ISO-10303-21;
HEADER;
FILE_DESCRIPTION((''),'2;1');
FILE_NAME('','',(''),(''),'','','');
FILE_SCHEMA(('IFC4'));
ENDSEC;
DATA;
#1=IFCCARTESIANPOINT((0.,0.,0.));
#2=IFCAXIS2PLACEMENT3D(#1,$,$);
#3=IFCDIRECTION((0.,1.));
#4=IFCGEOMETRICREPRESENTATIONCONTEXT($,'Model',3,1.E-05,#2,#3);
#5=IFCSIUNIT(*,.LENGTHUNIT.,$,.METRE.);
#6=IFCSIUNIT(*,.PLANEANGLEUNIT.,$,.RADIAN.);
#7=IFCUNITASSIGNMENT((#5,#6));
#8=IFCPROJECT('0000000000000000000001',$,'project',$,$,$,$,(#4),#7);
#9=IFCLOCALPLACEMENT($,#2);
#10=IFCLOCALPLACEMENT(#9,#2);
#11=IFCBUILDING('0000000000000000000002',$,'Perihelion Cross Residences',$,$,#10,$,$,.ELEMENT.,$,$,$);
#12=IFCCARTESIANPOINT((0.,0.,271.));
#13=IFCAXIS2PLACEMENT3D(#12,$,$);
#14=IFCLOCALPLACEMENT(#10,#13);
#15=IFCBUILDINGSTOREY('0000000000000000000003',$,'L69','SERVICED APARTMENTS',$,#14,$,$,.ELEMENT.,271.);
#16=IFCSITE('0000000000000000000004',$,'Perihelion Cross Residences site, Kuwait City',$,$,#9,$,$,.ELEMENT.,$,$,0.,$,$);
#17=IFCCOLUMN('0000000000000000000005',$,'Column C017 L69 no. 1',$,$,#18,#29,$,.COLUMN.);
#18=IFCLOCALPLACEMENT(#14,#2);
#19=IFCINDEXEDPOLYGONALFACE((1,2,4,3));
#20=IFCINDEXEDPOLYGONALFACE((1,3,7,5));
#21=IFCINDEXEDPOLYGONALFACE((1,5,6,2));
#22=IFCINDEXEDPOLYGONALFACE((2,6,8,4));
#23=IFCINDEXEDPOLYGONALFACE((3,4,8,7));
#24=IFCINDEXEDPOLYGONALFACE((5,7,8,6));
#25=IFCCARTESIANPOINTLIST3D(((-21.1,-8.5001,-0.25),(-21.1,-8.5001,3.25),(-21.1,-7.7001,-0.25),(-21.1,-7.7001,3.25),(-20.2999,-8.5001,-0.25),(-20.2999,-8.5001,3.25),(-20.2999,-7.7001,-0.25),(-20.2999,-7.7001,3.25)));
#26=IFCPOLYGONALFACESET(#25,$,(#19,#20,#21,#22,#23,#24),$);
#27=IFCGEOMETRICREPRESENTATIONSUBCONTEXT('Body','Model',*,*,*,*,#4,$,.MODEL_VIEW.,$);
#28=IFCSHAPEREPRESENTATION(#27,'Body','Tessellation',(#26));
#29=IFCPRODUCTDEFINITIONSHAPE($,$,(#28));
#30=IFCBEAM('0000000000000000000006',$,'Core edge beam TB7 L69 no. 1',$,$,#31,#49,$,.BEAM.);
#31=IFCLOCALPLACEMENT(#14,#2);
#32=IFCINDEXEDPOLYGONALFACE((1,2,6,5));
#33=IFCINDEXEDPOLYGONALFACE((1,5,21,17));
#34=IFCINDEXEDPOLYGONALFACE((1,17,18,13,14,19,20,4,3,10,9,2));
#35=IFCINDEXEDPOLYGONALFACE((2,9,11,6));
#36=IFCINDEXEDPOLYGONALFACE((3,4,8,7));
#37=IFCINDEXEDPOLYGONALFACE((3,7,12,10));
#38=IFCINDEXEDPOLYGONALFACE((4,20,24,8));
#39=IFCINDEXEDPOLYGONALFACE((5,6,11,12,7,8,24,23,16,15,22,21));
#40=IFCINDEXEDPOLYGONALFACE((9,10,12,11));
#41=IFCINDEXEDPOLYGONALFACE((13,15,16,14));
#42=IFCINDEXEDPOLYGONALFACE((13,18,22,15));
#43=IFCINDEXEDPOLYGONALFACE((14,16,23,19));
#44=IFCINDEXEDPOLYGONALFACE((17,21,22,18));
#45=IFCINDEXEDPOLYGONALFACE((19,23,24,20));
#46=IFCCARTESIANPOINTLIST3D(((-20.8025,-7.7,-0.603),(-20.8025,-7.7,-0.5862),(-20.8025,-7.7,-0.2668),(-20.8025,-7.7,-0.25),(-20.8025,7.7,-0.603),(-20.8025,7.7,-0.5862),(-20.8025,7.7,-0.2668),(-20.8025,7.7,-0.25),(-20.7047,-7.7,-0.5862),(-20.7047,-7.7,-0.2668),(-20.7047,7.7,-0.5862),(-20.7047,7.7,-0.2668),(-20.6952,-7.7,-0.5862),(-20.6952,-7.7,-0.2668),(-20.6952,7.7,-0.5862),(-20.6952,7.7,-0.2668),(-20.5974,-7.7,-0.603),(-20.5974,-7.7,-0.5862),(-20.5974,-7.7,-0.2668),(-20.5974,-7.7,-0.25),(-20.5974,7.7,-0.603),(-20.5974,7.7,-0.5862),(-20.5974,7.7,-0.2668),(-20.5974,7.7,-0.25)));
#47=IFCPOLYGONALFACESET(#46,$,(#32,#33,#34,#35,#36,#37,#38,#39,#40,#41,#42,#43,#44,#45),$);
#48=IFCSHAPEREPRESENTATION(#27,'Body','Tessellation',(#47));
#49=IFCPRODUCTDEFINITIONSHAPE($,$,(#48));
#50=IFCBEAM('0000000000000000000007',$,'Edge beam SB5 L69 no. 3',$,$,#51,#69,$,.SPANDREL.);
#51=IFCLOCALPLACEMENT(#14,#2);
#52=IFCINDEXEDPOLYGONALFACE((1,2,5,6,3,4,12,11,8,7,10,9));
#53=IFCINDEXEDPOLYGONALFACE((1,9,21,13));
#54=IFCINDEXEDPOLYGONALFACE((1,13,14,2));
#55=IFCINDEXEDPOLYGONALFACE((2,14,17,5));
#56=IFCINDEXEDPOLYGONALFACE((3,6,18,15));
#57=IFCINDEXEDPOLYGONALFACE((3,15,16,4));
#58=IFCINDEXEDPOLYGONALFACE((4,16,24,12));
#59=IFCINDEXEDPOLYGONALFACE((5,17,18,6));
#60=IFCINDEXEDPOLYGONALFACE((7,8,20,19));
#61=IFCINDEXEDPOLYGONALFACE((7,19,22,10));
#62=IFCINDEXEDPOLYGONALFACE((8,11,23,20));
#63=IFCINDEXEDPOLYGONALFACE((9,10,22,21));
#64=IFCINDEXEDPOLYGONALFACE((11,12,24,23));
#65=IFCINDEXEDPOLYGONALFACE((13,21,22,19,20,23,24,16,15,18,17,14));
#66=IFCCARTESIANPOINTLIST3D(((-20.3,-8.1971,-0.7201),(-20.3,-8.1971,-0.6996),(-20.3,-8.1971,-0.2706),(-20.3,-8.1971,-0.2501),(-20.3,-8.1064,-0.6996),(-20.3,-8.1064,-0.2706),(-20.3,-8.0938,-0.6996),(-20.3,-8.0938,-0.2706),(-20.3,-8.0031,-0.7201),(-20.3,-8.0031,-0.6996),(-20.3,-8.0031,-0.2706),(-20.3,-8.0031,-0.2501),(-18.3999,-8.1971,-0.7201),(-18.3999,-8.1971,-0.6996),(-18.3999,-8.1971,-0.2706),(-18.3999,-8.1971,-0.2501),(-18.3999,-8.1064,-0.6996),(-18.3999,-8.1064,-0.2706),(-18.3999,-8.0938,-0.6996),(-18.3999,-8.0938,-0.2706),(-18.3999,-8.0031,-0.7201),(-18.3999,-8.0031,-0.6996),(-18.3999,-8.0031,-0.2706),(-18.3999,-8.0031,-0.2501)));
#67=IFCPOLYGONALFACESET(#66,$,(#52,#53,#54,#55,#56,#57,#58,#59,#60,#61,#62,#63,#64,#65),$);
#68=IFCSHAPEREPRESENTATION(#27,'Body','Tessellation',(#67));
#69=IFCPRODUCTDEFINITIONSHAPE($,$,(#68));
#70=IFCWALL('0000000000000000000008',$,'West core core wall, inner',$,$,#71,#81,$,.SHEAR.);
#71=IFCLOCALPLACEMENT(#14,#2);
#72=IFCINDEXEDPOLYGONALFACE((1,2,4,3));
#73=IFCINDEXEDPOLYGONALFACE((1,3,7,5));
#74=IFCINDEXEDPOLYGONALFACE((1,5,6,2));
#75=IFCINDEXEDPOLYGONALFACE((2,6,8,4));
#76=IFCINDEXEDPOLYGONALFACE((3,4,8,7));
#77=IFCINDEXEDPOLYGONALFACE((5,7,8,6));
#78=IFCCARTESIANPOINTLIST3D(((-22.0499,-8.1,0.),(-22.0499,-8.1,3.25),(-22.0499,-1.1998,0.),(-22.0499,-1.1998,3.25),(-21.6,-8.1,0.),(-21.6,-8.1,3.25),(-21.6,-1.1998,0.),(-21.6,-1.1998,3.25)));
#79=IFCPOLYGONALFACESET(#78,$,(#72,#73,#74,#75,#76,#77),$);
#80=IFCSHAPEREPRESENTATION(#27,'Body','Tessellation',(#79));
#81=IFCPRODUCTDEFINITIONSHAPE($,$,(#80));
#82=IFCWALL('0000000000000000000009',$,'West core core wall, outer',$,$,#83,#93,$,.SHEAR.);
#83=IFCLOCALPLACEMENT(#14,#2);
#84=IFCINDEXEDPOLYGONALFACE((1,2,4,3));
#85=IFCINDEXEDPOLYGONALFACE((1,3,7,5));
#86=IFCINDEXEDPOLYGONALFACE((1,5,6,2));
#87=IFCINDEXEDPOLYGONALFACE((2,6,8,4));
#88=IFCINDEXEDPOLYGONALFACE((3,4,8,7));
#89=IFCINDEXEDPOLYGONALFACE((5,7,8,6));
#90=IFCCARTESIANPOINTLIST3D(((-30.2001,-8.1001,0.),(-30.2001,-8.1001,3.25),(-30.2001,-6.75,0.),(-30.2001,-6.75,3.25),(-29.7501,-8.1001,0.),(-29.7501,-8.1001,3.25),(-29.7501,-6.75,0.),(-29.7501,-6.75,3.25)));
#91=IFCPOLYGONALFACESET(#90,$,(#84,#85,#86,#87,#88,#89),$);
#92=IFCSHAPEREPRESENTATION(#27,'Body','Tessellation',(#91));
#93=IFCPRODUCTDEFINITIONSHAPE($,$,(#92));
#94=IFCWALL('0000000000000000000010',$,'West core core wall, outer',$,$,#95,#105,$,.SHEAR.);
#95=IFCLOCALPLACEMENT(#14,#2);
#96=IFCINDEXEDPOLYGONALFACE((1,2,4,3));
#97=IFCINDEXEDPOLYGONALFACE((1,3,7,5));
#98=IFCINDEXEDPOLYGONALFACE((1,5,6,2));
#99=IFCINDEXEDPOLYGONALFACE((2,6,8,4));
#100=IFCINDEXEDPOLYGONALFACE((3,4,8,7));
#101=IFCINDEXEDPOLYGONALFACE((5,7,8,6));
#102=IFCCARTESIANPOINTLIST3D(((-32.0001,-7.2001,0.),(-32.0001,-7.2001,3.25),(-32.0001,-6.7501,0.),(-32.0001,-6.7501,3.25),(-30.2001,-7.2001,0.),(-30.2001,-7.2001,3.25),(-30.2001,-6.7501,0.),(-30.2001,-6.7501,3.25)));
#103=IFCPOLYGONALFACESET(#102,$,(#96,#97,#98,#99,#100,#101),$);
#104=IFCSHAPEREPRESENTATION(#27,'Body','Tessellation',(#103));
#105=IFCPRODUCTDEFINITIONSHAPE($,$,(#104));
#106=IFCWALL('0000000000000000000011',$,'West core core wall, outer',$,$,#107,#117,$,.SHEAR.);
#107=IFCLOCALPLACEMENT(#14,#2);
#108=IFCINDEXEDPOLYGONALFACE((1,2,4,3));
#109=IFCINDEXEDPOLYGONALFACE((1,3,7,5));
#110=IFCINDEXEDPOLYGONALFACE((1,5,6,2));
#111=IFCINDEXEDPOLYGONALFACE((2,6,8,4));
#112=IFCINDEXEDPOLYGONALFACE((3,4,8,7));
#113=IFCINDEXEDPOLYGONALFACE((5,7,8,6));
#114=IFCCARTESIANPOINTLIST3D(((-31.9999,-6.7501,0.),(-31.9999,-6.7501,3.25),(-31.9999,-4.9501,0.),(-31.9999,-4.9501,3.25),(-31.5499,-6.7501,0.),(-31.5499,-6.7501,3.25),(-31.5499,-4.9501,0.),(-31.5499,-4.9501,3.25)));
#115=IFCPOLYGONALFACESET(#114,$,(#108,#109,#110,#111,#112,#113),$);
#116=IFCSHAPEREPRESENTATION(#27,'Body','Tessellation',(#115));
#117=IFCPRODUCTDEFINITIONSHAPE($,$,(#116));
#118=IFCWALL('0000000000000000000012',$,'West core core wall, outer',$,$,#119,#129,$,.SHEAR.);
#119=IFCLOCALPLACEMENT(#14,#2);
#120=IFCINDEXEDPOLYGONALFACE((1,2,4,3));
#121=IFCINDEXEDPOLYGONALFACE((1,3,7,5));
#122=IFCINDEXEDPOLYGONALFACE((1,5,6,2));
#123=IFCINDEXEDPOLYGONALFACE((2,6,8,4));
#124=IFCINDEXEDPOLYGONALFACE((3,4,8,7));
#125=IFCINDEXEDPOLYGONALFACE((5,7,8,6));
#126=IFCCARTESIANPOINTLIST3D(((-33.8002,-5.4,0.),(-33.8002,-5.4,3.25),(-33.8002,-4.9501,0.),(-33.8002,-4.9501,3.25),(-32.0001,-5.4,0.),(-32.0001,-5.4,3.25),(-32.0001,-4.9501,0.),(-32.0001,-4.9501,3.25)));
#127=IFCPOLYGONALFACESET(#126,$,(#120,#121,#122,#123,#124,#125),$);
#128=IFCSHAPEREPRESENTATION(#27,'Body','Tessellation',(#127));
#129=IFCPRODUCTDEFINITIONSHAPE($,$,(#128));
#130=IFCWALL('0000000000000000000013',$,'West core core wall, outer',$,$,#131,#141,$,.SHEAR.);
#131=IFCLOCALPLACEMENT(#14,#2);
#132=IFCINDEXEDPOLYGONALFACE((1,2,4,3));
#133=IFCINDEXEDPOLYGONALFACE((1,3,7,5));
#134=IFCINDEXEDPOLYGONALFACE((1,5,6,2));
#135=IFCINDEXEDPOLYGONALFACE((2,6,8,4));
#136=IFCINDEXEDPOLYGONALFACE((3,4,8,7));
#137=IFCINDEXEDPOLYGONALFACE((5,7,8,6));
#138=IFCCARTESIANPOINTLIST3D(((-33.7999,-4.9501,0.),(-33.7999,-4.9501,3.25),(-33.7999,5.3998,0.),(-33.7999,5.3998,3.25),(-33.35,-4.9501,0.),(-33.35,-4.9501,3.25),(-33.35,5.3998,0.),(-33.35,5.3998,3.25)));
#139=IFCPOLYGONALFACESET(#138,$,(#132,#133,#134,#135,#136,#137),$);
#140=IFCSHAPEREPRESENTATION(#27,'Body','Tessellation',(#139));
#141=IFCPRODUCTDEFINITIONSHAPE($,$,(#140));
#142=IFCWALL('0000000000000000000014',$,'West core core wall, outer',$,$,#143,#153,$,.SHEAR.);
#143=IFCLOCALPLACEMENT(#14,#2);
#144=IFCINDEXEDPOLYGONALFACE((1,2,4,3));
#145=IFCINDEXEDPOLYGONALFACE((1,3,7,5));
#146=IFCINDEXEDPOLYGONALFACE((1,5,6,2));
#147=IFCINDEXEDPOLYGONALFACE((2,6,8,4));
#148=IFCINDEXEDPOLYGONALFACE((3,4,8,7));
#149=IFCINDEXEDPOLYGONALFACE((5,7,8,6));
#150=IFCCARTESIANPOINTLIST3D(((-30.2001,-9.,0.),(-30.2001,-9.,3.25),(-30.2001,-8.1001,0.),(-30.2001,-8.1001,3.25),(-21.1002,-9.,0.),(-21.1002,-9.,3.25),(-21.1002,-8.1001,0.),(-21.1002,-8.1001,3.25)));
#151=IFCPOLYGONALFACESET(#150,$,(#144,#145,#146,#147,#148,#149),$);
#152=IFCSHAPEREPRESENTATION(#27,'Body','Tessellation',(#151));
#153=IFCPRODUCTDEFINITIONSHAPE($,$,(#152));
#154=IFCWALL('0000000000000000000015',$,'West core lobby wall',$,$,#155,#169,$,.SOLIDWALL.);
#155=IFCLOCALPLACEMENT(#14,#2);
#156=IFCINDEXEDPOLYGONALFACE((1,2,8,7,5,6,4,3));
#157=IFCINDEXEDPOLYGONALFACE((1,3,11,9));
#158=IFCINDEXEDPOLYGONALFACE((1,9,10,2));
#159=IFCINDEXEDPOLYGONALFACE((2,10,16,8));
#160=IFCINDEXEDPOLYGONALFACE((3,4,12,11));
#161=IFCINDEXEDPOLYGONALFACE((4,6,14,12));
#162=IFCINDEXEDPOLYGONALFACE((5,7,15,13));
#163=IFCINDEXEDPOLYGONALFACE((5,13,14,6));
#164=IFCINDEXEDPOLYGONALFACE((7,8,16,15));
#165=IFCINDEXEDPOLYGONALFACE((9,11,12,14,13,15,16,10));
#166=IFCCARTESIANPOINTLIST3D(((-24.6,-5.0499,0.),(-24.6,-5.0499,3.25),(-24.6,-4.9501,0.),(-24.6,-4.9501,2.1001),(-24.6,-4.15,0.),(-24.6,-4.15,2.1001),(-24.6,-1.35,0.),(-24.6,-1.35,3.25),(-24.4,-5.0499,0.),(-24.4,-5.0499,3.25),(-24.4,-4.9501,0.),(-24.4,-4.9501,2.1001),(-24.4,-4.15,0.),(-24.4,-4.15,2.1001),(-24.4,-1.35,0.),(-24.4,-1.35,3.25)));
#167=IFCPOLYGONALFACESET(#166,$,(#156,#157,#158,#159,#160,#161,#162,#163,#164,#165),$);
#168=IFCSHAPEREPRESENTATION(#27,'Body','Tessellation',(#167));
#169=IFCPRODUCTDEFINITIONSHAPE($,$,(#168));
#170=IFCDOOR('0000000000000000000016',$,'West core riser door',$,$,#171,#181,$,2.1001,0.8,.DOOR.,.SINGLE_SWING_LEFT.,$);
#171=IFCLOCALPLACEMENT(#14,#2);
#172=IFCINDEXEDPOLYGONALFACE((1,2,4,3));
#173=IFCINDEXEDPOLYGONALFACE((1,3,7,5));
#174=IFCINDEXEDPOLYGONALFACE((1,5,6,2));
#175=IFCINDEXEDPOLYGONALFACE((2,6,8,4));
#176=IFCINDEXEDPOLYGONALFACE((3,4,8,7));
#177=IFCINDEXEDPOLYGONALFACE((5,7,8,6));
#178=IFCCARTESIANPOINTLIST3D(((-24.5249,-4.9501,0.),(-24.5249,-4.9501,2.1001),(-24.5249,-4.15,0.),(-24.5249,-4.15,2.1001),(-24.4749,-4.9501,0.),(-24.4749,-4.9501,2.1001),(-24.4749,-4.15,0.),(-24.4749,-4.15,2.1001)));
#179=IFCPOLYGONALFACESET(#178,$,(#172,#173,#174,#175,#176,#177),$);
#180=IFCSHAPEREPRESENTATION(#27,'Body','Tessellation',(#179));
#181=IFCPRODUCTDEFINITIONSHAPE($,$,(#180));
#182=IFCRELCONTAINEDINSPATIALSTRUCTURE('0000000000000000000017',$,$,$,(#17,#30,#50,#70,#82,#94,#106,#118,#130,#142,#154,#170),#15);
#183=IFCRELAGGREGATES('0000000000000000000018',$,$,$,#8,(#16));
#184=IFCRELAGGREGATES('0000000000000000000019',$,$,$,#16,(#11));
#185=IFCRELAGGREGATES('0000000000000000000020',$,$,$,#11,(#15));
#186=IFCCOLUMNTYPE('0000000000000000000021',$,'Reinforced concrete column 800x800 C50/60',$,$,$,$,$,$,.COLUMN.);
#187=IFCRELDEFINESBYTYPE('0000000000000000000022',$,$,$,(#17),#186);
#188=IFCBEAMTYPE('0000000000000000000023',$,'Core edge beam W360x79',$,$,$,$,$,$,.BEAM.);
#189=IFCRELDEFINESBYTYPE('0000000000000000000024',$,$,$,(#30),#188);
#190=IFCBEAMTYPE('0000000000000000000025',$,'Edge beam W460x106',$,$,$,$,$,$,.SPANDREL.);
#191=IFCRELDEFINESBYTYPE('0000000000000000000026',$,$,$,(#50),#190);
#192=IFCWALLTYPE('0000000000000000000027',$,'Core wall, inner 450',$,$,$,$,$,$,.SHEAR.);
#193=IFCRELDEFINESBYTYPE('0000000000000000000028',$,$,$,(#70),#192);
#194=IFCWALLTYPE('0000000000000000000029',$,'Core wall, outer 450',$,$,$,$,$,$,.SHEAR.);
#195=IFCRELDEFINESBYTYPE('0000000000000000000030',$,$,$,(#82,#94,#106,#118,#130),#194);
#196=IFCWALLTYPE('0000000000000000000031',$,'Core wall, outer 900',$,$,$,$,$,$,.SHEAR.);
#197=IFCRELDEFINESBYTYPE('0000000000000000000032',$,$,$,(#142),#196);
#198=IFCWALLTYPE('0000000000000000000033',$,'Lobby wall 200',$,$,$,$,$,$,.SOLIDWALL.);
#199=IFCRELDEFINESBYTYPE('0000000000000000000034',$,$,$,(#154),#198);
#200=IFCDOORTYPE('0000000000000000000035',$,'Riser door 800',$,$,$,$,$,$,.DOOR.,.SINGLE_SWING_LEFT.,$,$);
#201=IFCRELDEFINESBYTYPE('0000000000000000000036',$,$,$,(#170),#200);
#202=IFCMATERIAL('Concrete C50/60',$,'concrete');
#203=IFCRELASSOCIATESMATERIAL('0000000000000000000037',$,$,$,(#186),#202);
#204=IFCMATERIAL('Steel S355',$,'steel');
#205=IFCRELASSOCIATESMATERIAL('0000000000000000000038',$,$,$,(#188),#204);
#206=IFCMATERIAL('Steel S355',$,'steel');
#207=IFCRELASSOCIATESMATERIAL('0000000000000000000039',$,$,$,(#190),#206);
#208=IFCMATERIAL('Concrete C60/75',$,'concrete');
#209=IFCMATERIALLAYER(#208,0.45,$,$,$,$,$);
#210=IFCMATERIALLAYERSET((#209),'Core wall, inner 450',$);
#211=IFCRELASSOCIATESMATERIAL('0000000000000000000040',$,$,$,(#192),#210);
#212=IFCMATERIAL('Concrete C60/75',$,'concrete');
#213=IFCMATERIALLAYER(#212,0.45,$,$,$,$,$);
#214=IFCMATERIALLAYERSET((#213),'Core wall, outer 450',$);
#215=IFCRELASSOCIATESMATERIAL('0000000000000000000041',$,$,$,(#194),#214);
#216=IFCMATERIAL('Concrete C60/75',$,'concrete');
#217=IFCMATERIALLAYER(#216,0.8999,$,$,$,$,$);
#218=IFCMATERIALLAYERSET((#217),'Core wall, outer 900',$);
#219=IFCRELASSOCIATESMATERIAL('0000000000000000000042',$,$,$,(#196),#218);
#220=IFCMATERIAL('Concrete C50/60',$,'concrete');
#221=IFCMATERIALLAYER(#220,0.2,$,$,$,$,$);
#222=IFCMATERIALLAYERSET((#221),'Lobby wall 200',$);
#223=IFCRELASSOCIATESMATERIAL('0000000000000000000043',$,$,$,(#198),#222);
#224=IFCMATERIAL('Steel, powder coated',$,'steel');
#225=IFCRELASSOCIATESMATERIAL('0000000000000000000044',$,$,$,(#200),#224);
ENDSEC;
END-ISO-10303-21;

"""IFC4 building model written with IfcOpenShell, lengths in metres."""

from ifc_helpers import new_model, si_unit, direction, frame, frame_2d, origin, origin_2d, place, context, subcontext, project, spatial, rectangle, i_section, extrude, material, layer, layer_set, material_profile, profile_set, type_object, element, fill, save


model = new_model("IFC4")

# Units and contexts
model_context = context("Model", 3, precision=1e-05, world=origin(), true_north=direction((0.0, 1.0)))
body_context = subcontext(model_context, "Body", "Model", "MODEL_VIEW")
ifc_project = project(units=[si_unit("LENGTHUNIT", "METRE"), si_unit("PLANEANGLEUNIT", "RADIAN")], contexts=[model_context])

# Site, building, storey
site_placement = place(None, origin())
site = spatial("IfcSite", under=ifc_project, at=site_placement, Name="Perihelion Cross Residences site, Kuwait City", CompositionType="ELEMENT", RefElevation=0.0)
building_placement = place(site_placement, origin())
building = spatial("IfcBuilding", under=site, at=building_placement, Name="Perihelion Cross Residences", CompositionType="ELEMENT")
storey_placement = place(building_placement, frame((0.0, 0.0, 271.0)))
storey = spatial("IfcBuildingStorey", under=building, at=storey_placement, Name="L69", Description="SERVICED APARTMENTS", CompositionType="ELEMENT", Elevation=271.0)

# Column
ifc_material_1 = material(Name="Concrete C50/60", Category="concrete")
ifc_material_profile_1 = material_profile(ifc_material_1, rectangle(XDim=0.8, YDim=0.8, at=origin_2d()), Name="RC 800x800")
ifc_profile_set_1 = profile_set([ifc_material_profile_1], Name="Concrete C50/60")
column_type = type_object("IfcColumnType", Name="Reinforced concrete column 800x800 C50/60", PredefinedType="COLUMN", material=ifc_profile_set_1)
column_placement = place(storey_placement, frame((-20.7, -8.1001, -0.25), z_axis=(0.0, 0.0, 1.0), x_axis=(1.0, 0.0, 0.0)))
element("IfcColumn", 1, at=column_placement, inside=storey, type_object=column_type, Name="Column C017 L69 no. 1", PredefinedType="COLUMN", context=body_context, shape_type="SweptSolid", body=[
    extrude(rectangle(XDim=0.8, YDim=0.8, at=origin_2d()), origin(), (0.0, 0.0, 1.0), 3.5),
])

# Beams
ifc_material_2 = material(Name="Steel S355", Category="steel")
ifc_material_profile_2 = material_profile(ifc_material_2, i_section(OverallWidth=0.2051, OverallDepth=0.353, WebThickness=0.0095, FlangeThickness=0.0168, at=origin_2d()), Name="W360x79")
ifc_profile_set_2 = profile_set([ifc_material_profile_2], Name="Steel S355")
beam_type_1 = type_object("IfcBeamType", Name="Core edge beam W360x79", PredefinedType="BEAM", material=ifc_profile_set_2)
beam_1_placement = place(storey_placement, frame((-20.7, -7.7, -0.4265), z_axis=(0.0, 1.0, 0.0), x_axis=(-1.0, 0.0, 0.0)))
element("IfcBeam", 2, at=beam_1_placement, inside=storey, type_object=beam_type_1, Name="Core edge beam TB7 L69 no. 1", PredefinedType="BEAM", context=body_context, shape_type="SweptSolid", body=[
    extrude(i_section(OverallWidth=0.2051, OverallDepth=0.353, WebThickness=0.0095, FlangeThickness=0.0168, at=origin_2d()), origin(), (0.0, 0.0, 1.0), 15.3999),
])
ifc_material_3 = material(Name="Steel S355", Category="steel")
ifc_material_profile_3 = material_profile(ifc_material_3, i_section(OverallWidth=0.1941, OverallDepth=0.47, WebThickness=0.0127, FlangeThickness=0.0205, at=origin_2d()), Name="W460x106")
ifc_profile_set_3 = profile_set([ifc_material_profile_3], Name="Steel S355")
beam_type_2 = type_object("IfcBeamType", Name="Edge beam W460x106", PredefinedType="SPANDREL", material=ifc_profile_set_3)
beam_2_placement = place(storey_placement, frame((-20.3, -8.1001, -0.4851), z_axis=(1.0, 0.0, 0.0), x_axis=(0.0, 1.0, 0.0)))
element("IfcBeam", 3, at=beam_2_placement, inside=storey, type_object=beam_type_2, Name="Edge beam SB5 L69 no. 3", PredefinedType="SPANDREL", context=body_context, shape_type="SweptSolid", body=[
    extrude(i_section(OverallWidth=0.1941, OverallDepth=0.47, WebThickness=0.0127, FlangeThickness=0.0205, at=origin_2d()), origin(), (0.0, 0.0, 1.0), 1.9001),
])

# Walls
ifc_material_4 = material(Name="Concrete C60/75", Category="concrete")
ifc_layer_1 = layer(ifc_material_4, 0.45)
ifc_layer_set_1 = layer_set([ifc_layer_1], Name="Core wall, inner 450")
wall_type_1 = type_object("IfcWallType", Name="Core wall, inner 450", PredefinedType="SHEAR", material=ifc_layer_set_1)
wall_1_placement = place(storey_placement, frame((-21.825, -8.1001, 0.0), z_axis=(0.0, 0.0, 1.0), x_axis=(0.0, 1.0, 0.0)))
element("IfcWall", 4, at=wall_1_placement, inside=storey, type_object=wall_type_1, Name="West core core wall, inner", PredefinedType="SHEAR", context=body_context, shape_type="SweptSolid", body=[
    extrude(rectangle(XDim=6.9001, YDim=0.45, at=frame_2d((3.4502, 0.0))), origin(), (0.0, 0.0, 1.0), 3.25),
])
ifc_material_5 = material(Name="Concrete C60/75", Category="concrete")
ifc_layer_2 = layer(ifc_material_5, 0.45)
ifc_layer_set_2 = layer_set([ifc_layer_2], Name="Core wall, outer 450")
wall_type_2 = type_object("IfcWallType", Name="Core wall, outer 450", PredefinedType="SHEAR", material=ifc_layer_set_2)
wall_2_placement = place(storey_placement, frame((-29.9751, -8.1001, 0.0), z_axis=(0.0, 0.0, 1.0), x_axis=(0.0, 1.0, 0.0)))
element("IfcWall", 5, at=wall_2_placement, inside=storey, type_object=wall_type_2, Name="West core core wall, outer", PredefinedType="SHEAR", context=body_context, shape_type="SweptSolid", body=[
    extrude(rectangle(XDim=1.3501, YDim=0.45, at=frame_2d((0.675, 0.0))), origin(), (0.0, 0.0, 1.0), 3.25),
])
for number, where, z_axis, x_axis, name in (
    (6, (-32.0, -6.9751, 0.0), (0.0, 0.0, 1.0), (1.0, 0.0, 0.0), "West core core wall, outer"),
    (7, (-31.7749, -6.75, 0.0), (0.0, 0.0, 1.0), (0.0, 1.0, 0.0), "West core core wall, outer"),
    (8, (-33.8, -5.175, 0.0), (0.0, 0.0, 1.0), (1.0, 0.0, 0.0), "West core core wall, outer"),
):
    element("IfcWall", number, at=place(storey_placement, frame(where, z_axis=z_axis, x_axis=x_axis)), inside=storey, type_object=wall_type_2, Name=name, PredefinedType="SHEAR", context=body_context, shape_type="SweptSolid", body=[
        extrude(rectangle(XDim=1.8, YDim=0.45, at=frame_2d((0.8999, 0.0))), origin(), (0.0, 0.0, 1.0), 3.25),
    ])
wall_3_placement = place(storey_placement, frame((-33.575, -4.95, 0.0), z_axis=(0.0, 0.0, 1.0), x_axis=(0.0, 1.0, 0.0)))
element("IfcWall", 9, at=wall_3_placement, inside=storey, type_object=wall_type_2, Name="West core core wall, outer", PredefinedType="SHEAR", context=body_context, shape_type="SweptSolid", body=[
    extrude(rectangle(XDim=10.3499, YDim=0.45, at=frame_2d((5.1748, 0.0))), origin(), (0.0, 0.0, 1.0), 3.25),
])
ifc_material_6 = material(Name="Concrete C60/75", Category="concrete")
ifc_layer_3 = layer(ifc_material_6, 0.8999)
ifc_layer_set_3 = layer_set([ifc_layer_3], Name="Core wall, outer 900")
wall_type_3 = type_object("IfcWallType", Name="Core wall, outer 900", PredefinedType="SHEAR", material=ifc_layer_set_3)
wall_4_placement = place(storey_placement, frame((-30.2, -8.55, 0.0), z_axis=(0.0, 0.0, 1.0), x_axis=(1.0, 0.0, 0.0)))
element("IfcWall", 10, at=wall_4_placement, inside=storey, type_object=wall_type_3, Name="West core core wall, outer", PredefinedType="SHEAR", context=body_context, shape_type="SweptSolid", body=[
    extrude(rectangle(XDim=9.0999, YDim=0.8999, at=frame_2d((4.5498, 0.0))), origin(), (0.0, 0.0, 1.0), 3.25),
])

# Wall, opening, door
ifc_material_7 = material(Name="Concrete C50/60", Category="concrete")
ifc_layer_4 = layer(ifc_material_7, 0.2)
ifc_layer_set_4 = layer_set([ifc_layer_4], Name="Lobby wall 200")
wall_type_4 = type_object("IfcWallType", Name="Lobby wall 200", PredefinedType="SOLIDWALL", material=ifc_layer_set_4)
wall_5_placement = place(storey_placement, frame((-24.5, -5.05, 0.0), z_axis=(0.0, 0.0, 1.0), x_axis=(0.0, 1.0, 0.0)))
wall_5 = element("IfcWall", 11, at=wall_5_placement, inside=storey, type_object=wall_type_4, Name="West core lobby wall", PredefinedType="SOLIDWALL", context=body_context, shape_type="SweptSolid", body=[
    extrude(rectangle(XDim=3.7, YDim=0.2, at=frame_2d((1.8501, 0.0))), origin(), (0.0, 0.0, 1.0), 3.25),
])
opening_1_placement = place(wall_5_placement, frame((0.1001, 0.0, 0.0)))
opening_1 = element("IfcOpeningElement", 12, at=opening_1_placement, cuts=wall_5, PredefinedType="OPENING", context=body_context, shape_type="SweptSolid", body=[
    extrude(rectangle(XDim=0.8, YDim=2.1001, at=frame_2d((0.3999, 1.05))), frame((0.0, 0.1099, 0.0), z_axis=(0.0, -1.0, 0.0), x_axis=(1.0, 0.0, 0.0)), (0.0, 0.0, 1.0), 0.22),
])
ifc_material_8 = material(Name="Steel, powder coated", Category="steel")
door_type_1 = type_object("IfcDoorType", Name="Riser door 800", OperationType="SINGLE_SWING_LEFT", PredefinedType="DOOR", material=ifc_material_8)
door_1_placement = place(opening_1_placement, origin())
door_1 = element("IfcDoor", 13, at=door_1_placement, inside=storey, type_object=door_type_1, Name="West core riser door", OperationType="SINGLE_SWING_LEFT", OverallHeight=2.1001, OverallWidth=0.8, PredefinedType="DOOR", context=body_context, shape_type="SweptSolid", body=[
    extrude(rectangle(XDim=0.8, YDim=2.1001, at=frame_2d((0.3999, 1.05))), frame((0.0, 0.0249, 0.0), z_axis=(0.0, -1.0, 0.0), x_axis=(1.0, 0.0, 0.0)), (0.0, 0.0, 1.0), 0.05),
])
fill(opening_1, door_1)

save(model, "model.ifc")
